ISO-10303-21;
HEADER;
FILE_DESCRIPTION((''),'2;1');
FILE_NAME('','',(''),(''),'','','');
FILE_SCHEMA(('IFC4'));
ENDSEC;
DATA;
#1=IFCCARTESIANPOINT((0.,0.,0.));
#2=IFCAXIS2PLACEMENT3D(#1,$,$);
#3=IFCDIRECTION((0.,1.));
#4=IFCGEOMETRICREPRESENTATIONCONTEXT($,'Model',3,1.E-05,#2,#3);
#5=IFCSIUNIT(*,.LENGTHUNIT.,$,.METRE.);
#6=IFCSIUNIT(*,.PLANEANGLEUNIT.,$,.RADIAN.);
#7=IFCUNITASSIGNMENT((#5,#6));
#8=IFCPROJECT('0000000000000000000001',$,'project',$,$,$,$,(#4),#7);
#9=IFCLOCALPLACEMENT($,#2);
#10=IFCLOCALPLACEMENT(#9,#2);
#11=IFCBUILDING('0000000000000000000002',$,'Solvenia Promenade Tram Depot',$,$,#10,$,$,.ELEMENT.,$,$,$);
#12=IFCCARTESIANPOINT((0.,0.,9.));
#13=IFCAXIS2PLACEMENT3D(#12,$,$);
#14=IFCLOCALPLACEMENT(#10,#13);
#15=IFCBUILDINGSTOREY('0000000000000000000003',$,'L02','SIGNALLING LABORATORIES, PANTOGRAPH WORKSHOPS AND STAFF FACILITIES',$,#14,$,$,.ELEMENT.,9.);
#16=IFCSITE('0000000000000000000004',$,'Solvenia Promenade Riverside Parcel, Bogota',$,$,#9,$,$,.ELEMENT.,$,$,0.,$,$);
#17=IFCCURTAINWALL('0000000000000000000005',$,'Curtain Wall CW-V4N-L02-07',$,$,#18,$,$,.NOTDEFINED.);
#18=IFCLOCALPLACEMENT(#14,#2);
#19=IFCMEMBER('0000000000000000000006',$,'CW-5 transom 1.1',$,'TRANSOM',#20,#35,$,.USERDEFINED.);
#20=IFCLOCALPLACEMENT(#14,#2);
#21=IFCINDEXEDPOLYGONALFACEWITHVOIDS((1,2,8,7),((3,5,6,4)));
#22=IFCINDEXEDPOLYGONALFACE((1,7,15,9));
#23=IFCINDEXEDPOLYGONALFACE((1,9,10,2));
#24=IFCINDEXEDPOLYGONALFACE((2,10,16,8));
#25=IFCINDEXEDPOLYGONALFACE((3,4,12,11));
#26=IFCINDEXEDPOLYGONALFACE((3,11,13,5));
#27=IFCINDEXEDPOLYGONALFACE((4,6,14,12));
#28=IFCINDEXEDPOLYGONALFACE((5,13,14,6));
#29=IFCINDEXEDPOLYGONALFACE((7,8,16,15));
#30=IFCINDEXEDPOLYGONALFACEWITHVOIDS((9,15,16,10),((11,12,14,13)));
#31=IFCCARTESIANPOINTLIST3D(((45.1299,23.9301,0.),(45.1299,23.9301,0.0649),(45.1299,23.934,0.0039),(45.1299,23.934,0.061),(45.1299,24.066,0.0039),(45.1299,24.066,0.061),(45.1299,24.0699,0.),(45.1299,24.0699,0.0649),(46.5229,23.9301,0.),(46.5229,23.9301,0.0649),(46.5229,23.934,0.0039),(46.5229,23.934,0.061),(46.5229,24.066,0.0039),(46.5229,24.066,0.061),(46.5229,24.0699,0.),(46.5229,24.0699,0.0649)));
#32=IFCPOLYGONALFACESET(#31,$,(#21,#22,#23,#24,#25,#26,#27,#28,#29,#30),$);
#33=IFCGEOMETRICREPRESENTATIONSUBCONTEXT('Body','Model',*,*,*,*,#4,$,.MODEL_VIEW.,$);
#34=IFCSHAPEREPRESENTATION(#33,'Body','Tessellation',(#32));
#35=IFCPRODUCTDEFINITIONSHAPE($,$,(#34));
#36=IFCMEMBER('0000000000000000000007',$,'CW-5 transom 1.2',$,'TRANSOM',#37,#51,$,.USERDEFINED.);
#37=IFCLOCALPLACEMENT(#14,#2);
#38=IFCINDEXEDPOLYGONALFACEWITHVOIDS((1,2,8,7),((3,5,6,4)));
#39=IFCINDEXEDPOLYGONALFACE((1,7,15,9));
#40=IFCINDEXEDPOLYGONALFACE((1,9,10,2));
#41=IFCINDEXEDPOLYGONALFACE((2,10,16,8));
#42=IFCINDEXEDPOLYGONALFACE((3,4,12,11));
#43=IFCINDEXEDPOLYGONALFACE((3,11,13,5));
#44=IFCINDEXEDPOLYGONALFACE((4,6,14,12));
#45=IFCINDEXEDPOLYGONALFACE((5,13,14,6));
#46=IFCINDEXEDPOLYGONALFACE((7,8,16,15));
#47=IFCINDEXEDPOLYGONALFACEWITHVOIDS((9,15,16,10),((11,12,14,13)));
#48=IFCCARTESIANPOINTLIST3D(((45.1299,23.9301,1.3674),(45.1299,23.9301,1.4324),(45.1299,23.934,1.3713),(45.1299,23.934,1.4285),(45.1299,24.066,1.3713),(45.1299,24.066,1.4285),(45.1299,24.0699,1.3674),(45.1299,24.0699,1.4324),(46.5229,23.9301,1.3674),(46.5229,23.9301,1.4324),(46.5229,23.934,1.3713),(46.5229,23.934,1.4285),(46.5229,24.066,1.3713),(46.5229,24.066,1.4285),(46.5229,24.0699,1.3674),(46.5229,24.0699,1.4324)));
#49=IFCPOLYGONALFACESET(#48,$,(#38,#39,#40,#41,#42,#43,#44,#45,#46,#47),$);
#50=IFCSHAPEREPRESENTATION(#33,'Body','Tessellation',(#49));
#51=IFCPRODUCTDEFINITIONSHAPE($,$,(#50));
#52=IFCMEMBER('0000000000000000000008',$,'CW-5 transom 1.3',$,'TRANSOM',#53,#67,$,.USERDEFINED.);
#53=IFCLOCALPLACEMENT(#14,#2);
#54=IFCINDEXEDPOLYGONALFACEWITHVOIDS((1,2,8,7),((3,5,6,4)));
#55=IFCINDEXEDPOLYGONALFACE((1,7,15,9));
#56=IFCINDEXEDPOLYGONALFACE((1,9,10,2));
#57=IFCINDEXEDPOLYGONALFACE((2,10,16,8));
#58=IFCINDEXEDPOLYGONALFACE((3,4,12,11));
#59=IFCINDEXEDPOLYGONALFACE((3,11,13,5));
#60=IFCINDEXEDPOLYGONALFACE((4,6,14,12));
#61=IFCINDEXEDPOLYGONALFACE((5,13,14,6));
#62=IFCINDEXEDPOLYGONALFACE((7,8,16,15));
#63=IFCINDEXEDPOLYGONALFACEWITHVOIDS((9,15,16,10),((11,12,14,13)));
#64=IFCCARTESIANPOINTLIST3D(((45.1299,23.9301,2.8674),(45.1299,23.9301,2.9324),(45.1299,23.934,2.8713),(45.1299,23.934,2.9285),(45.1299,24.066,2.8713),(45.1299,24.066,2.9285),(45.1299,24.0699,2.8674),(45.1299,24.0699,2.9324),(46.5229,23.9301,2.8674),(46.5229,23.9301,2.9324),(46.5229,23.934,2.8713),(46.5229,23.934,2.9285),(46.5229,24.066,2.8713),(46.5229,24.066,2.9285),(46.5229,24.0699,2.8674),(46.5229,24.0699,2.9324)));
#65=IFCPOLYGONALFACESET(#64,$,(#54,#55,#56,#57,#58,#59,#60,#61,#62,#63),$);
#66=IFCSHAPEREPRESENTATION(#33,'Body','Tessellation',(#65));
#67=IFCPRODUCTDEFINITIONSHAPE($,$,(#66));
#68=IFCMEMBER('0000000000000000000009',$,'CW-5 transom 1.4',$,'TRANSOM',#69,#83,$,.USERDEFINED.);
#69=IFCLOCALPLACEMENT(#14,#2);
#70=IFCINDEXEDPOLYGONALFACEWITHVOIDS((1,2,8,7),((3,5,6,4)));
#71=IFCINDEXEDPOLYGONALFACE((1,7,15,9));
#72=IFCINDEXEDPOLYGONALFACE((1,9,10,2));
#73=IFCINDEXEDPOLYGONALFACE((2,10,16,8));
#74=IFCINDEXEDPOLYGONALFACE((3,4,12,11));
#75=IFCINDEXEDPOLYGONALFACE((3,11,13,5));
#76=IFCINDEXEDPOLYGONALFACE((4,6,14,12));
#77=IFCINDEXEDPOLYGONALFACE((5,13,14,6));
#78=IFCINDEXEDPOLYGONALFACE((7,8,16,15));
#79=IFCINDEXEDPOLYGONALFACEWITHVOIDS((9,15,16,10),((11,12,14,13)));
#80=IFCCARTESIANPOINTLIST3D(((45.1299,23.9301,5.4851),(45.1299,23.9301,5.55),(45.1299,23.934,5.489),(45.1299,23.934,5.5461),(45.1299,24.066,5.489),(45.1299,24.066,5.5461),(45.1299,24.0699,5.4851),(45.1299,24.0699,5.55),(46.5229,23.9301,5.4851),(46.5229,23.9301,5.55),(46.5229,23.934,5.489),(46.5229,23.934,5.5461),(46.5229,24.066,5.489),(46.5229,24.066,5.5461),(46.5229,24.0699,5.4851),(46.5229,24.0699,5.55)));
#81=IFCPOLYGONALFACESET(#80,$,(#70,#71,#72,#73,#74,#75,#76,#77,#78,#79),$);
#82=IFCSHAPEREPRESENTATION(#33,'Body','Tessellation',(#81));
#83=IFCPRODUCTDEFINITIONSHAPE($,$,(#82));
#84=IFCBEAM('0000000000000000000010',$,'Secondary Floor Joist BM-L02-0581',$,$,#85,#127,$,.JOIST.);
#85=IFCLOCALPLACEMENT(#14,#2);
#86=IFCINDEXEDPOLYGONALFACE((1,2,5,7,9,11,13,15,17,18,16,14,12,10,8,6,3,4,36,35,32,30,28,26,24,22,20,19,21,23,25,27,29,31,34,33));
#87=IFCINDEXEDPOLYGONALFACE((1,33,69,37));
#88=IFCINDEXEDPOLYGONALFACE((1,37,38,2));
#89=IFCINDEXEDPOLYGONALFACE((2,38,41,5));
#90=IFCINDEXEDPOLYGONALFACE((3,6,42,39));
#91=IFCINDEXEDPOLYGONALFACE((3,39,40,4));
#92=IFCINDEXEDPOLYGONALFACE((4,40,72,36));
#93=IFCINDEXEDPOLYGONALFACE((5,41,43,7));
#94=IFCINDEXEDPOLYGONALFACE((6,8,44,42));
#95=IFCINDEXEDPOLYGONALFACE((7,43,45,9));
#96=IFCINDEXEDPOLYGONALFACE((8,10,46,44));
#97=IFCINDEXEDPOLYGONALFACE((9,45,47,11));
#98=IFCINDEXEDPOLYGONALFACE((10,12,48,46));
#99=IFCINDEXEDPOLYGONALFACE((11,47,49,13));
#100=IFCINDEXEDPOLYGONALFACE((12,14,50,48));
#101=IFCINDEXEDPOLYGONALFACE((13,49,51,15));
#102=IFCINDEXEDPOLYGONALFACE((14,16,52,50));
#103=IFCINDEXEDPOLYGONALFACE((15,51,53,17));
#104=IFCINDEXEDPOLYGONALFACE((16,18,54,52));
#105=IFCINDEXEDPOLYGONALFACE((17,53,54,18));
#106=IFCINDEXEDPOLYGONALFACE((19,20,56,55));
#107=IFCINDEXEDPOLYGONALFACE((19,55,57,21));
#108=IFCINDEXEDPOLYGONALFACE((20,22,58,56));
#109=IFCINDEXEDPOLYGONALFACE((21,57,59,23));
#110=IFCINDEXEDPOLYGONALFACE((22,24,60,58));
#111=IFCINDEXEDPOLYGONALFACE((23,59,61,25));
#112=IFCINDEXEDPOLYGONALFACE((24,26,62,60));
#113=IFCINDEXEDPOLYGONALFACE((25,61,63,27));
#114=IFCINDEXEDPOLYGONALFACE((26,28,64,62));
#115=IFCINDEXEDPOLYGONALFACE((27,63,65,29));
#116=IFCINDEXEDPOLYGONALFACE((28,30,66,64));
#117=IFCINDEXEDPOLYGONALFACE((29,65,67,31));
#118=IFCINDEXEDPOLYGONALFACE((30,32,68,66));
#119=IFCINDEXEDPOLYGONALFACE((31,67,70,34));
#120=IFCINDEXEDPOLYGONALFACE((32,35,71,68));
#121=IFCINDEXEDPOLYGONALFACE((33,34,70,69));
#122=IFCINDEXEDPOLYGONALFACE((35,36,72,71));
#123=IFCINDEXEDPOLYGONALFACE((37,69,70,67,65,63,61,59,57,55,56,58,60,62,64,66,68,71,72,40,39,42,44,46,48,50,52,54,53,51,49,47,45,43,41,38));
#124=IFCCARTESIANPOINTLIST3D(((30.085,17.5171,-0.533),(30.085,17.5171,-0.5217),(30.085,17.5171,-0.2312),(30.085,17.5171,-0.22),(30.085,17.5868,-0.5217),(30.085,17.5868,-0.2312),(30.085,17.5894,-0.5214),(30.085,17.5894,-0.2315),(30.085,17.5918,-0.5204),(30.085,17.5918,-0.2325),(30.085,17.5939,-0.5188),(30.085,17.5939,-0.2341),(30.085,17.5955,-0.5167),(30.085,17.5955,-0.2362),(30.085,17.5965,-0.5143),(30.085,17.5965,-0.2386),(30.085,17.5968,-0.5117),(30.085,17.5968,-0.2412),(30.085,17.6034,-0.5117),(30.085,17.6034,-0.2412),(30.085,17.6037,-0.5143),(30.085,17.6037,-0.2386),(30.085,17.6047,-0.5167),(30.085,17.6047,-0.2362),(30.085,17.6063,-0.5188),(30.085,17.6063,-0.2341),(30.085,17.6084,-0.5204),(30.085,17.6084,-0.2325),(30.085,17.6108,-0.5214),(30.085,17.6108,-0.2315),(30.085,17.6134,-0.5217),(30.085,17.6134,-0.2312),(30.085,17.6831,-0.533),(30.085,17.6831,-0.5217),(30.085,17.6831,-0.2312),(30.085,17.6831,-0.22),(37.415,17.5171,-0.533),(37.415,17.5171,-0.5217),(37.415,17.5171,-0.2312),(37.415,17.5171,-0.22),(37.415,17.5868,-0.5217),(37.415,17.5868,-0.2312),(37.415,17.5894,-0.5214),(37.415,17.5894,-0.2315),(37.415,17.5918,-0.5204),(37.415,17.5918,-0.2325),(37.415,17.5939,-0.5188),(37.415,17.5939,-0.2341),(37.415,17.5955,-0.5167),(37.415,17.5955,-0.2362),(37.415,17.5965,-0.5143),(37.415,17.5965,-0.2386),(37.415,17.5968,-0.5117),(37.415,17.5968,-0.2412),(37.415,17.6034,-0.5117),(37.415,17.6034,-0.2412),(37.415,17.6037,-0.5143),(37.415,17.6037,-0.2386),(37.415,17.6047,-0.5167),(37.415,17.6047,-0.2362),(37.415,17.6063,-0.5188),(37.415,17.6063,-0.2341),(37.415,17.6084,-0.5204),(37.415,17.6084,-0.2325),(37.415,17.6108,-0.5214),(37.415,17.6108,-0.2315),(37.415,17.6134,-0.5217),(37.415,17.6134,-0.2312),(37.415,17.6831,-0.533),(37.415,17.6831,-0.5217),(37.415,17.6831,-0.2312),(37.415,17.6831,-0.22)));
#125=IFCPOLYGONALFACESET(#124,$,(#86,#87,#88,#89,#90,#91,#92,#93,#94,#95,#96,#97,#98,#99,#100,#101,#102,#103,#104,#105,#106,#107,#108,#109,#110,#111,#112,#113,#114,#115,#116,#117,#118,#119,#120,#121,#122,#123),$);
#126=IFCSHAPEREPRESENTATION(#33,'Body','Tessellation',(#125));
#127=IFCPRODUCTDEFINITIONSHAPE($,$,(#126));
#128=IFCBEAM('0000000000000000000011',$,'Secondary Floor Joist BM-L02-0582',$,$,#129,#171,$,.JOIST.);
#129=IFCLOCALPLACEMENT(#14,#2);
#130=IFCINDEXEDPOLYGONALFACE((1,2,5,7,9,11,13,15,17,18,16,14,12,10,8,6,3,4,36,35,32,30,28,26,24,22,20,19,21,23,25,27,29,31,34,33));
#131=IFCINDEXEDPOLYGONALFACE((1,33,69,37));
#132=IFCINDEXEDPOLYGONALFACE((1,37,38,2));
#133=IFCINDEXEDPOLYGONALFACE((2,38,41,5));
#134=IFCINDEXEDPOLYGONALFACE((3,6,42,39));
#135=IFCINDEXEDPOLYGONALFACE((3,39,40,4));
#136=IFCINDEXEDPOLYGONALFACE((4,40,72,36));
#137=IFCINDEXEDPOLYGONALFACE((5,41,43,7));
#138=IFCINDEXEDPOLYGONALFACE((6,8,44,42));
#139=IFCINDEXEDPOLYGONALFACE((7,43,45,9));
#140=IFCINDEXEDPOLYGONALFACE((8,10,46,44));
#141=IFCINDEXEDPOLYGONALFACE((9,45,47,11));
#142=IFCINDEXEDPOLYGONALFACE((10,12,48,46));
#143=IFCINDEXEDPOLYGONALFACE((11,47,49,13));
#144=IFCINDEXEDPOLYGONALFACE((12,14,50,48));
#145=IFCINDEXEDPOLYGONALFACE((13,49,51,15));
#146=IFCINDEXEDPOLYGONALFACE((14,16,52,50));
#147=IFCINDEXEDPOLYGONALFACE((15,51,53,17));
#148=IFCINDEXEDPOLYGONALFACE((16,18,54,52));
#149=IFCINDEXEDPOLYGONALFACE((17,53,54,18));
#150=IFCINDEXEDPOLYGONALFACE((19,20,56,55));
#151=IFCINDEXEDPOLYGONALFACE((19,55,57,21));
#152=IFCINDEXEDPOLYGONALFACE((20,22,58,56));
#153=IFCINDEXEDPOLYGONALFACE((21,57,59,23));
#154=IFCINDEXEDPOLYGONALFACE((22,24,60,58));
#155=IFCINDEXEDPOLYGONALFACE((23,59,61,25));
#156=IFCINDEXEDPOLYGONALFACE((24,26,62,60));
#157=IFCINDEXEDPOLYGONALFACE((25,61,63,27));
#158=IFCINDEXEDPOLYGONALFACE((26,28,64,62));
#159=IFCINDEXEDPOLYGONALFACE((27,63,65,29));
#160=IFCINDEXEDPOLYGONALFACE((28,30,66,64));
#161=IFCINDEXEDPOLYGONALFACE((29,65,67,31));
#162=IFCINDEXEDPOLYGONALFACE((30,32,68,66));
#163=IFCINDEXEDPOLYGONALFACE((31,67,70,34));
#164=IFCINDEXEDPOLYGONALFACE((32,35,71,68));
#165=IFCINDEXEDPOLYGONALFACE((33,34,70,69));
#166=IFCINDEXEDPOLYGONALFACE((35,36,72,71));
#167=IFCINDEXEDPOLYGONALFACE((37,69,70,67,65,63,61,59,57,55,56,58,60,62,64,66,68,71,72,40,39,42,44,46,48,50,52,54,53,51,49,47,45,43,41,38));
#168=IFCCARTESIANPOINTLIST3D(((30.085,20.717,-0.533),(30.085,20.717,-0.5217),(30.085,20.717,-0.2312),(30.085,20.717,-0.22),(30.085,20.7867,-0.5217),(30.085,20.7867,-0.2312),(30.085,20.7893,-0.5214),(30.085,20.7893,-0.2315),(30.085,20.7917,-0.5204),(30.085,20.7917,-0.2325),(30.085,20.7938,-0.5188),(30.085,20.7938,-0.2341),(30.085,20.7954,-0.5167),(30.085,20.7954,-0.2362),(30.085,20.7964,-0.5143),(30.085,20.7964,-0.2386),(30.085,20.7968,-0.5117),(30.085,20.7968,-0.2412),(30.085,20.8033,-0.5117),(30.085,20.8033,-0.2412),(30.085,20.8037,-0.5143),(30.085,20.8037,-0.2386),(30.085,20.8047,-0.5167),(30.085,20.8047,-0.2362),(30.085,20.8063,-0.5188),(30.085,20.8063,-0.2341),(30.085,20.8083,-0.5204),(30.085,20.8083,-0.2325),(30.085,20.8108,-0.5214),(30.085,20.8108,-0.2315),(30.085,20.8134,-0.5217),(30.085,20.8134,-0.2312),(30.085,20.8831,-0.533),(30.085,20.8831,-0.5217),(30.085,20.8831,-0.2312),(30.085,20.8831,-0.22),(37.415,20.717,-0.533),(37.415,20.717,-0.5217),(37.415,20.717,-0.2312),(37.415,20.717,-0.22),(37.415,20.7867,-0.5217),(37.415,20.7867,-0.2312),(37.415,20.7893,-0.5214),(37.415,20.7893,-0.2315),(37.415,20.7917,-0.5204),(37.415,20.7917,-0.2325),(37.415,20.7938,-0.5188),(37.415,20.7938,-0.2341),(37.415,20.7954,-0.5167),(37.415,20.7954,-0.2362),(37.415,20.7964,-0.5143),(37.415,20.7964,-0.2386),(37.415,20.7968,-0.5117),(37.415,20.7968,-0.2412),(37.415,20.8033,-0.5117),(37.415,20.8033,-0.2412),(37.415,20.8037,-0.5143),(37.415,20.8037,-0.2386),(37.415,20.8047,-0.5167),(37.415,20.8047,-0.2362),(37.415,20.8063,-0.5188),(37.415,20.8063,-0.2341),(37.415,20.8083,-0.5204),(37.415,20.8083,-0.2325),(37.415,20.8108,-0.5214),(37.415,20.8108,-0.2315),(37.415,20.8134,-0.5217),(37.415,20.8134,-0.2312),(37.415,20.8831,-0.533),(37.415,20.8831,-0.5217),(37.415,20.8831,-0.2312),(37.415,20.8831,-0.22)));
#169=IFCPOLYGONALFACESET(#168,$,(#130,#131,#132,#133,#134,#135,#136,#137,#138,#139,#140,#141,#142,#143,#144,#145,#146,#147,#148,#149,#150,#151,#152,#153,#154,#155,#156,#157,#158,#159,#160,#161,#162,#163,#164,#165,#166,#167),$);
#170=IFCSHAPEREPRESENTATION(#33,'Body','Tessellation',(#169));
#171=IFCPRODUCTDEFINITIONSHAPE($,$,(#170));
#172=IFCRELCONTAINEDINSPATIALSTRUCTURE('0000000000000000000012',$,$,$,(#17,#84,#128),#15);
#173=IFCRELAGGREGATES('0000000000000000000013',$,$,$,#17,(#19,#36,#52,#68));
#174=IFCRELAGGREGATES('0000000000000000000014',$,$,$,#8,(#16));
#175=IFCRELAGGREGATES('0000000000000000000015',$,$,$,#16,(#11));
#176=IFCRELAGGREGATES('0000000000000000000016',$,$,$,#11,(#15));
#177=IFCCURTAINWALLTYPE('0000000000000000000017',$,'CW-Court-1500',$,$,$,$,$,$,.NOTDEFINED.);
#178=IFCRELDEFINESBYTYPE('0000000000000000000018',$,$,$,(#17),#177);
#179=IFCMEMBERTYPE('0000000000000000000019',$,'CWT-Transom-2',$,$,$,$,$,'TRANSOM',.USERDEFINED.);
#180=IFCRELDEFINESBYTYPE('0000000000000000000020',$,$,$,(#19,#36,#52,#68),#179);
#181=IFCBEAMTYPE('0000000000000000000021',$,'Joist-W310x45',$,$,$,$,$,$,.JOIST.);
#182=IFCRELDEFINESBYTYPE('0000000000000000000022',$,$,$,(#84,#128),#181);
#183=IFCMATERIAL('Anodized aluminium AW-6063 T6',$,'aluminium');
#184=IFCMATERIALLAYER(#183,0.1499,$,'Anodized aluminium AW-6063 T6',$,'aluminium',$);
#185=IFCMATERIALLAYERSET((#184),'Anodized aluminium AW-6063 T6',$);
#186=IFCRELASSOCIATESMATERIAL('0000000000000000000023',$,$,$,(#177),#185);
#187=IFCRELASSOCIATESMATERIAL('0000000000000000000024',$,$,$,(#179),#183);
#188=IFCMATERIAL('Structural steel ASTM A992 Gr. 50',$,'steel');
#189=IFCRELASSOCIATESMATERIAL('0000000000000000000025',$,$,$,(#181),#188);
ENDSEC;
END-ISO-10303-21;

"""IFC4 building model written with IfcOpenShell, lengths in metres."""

from ifc_helpers import new_model, si_unit, direction, frame, origin, origin_2d, place, context, subcontext, project, spatial, hollow_rectangle, i_section, extrude, material, layer, layer_set, material_profile, profile_set, type_object, element, aggregate, save


model = new_model("IFC4")

# Units and contexts
model_context = context("Model", 3, precision=1e-05, world=origin(), true_north=direction((0.0, 1.0)))
body_context = subcontext(model_context, "Body", "Model", "MODEL_VIEW")
ifc_project = project(units=[si_unit("LENGTHUNIT", "METRE"), si_unit("PLANEANGLEUNIT", "RADIAN")], contexts=[model_context])

# Site, building, storey
site_placement = place(None, origin())
site = spatial("IfcSite", under=ifc_project, at=site_placement, Name="Solvenia Promenade Riverside Parcel, Bogota", CompositionType="ELEMENT", RefElevation=0.0)
building_placement = place(site_placement, origin())
building = spatial("IfcBuilding", under=site, at=building_placement, Name="Solvenia Promenade Tram Depot", CompositionType="ELEMENT")
storey_placement = place(building_placement, frame((0.0, 0.0, 9.0)))
storey = spatial("IfcBuildingStorey", under=building, at=storey_placement, Name="L02", Description="SIGNALLING LABORATORIES, PANTOGRAPH WORKSHOPS AND STAFF FACILITIES", CompositionType="ELEMENT", Elevation=9.0)

# Shared definitions
ifc_material_1 = material(Name="Structural steel ASTM A992 Gr. 50", Category="steel")

# Curtain wall
ifc_material_2 = material(Name="Anodized aluminium AW-6063 T6", Category="aluminium")
ifc_layer_1 = layer(ifc_material_2, 0.1499, Name="Anodized aluminium AW-6063 T6", Category="aluminium")
ifc_layer_set_1 = layer_set([ifc_layer_1], Name="Anodized aluminium AW-6063 T6")
curtain_wall_type = type_object("IfcCurtainWallType", Name="CW-Court-1500", PredefinedType="NOTDEFINED", material=ifc_layer_set_1)
curtain_wall_1_placement = place(storey_placement, origin())
curtain_wall_1 = element("IfcCurtainWall", 1, at=curtain_wall_1_placement, inside=storey, type_object=curtain_wall_type, Name="Curtain Wall CW-V4N-L02-07", PredefinedType="NOTDEFINED")

# Members
ifc_material_profile_1 = material_profile(ifc_material_2, hollow_rectangle(XDim=0.1399, YDim=0.0649, WallThickness=0.0039, at=origin_2d()), Name="ALU-T2", Category="aluminium")
ifc_profile_set_1 = profile_set([ifc_material_profile_1], Name="Anodized aluminium AW-6063 T6")
member_type_1 = type_object("IfcMemberType", Name="CWT-Transom-2", ElementType="TRANSOM", PredefinedType="USERDEFINED", material=ifc_profile_set_1)
member_1_placement = place(storey_placement, frame((45.1299, 24.0, 0.0325), z_axis=(1.0, 0.0, 0.0), x_axis=(0.0, 1.0, 0.0)))
member_1 = element("IfcMember", 2, at=member_1_placement, type_object=member_type_1, Name="CW-5 transom 1.1", ObjectType="TRANSOM", PredefinedType="USERDEFINED", context=body_context, shape_type="SweptSolid", body=[
    extrude(hollow_rectangle(XDim=0.1399, YDim=0.0649, WallThickness=0.0039, at=origin_2d()), origin(), (0.0, 0.0, 1.0), 1.3931),
])
member_2_placement = place(storey_placement, frame((45.1299, 24.0, 1.3999), z_axis=(1.0, 0.0, 0.0), x_axis=(0.0, 1.0, 0.0)))
member_2 = element("IfcMember", 3, at=member_2_placement, type_object=member_type_1, Name="CW-5 transom 1.2", ObjectType="TRANSOM", PredefinedType="USERDEFINED", context=body_context, shape_type="SweptSolid", body=[
    extrude(hollow_rectangle(XDim=0.1399, YDim=0.0649, WallThickness=0.0039, at=origin_2d()), origin(), (0.0, 0.0, 1.0), 1.3931),
])
member_3_placement = place(storey_placement, frame((45.1299, 24.0, 2.8999), z_axis=(1.0, 0.0, 0.0), x_axis=(0.0, 1.0, 0.0)))
member_3 = element("IfcMember", 4, at=member_3_placement, type_object=member_type_1, Name="CW-5 transom 1.3", ObjectType="TRANSOM", PredefinedType="USERDEFINED", context=body_context, shape_type="SweptSolid", body=[
    extrude(hollow_rectangle(XDim=0.1399, YDim=0.0649, WallThickness=0.0039, at=origin_2d()), origin(), (0.0, 0.0, 1.0), 1.3931),
])
member_4_placement = place(storey_placement, frame((45.1299, 24.0, 5.5176), z_axis=(1.0, 0.0, 0.0), x_axis=(0.0, 1.0, 0.0)))
member_4 = element("IfcMember", 5, at=member_4_placement, type_object=member_type_1, Name="CW-5 transom 1.4", ObjectType="TRANSOM", PredefinedType="USERDEFINED", context=body_context, shape_type="SweptSolid", body=[
    extrude(hollow_rectangle(XDim=0.1399, YDim=0.0649, WallThickness=0.0039, at=origin_2d()), origin(), (0.0, 0.0, 1.0), 1.3931),
])

# Beams
ifc_material_profile_2 = material_profile(ifc_material_1, i_section(OverallWidth=0.166, OverallDepth=0.313, WebThickness=0.0066, FlangeThickness=0.0112, FilletRadius=0.01, at=origin_2d()), Name="W310x45", Category="steel")
ifc_profile_set_2 = profile_set([ifc_material_profile_2], Name="Structural steel ASTM A992 Gr. 50")
beam_type_1 = type_object("IfcBeamType", Name="Joist-W310x45", PredefinedType="JOIST", material=ifc_profile_set_2)
for number, where, z_axis, x_axis, name in (
    (6, (30.085, 17.6001, -0.3765), (1.0, 0.0, 0.0), (0.0, 1.0, 0.0), "Secondary Floor Joist BM-L02-0581"),
    (7, (30.085, 20.8, -0.3765), (1.0, 0.0, 0.0), (0.0, 1.0, 0.0), "Secondary Floor Joist BM-L02-0582"),
):
    element("IfcBeam", number, at=place(storey_placement, frame(where, z_axis=z_axis, x_axis=x_axis)), inside=storey, type_object=beam_type_1, Name=name, PredefinedType="JOIST", context=body_context, shape_type="SweptSolid", body=[
        extrude(i_section(OverallWidth=0.166, OverallDepth=0.313, WebThickness=0.0066, FlangeThickness=0.0112, FilletRadius=0.01, at=origin_2d()), origin(), (0.0, 0.0, 1.0), 7.3301),
    ])

aggregate(curtain_wall_1, [member_1, member_2, member_3, member_4])

save(model, "model.ifc")
